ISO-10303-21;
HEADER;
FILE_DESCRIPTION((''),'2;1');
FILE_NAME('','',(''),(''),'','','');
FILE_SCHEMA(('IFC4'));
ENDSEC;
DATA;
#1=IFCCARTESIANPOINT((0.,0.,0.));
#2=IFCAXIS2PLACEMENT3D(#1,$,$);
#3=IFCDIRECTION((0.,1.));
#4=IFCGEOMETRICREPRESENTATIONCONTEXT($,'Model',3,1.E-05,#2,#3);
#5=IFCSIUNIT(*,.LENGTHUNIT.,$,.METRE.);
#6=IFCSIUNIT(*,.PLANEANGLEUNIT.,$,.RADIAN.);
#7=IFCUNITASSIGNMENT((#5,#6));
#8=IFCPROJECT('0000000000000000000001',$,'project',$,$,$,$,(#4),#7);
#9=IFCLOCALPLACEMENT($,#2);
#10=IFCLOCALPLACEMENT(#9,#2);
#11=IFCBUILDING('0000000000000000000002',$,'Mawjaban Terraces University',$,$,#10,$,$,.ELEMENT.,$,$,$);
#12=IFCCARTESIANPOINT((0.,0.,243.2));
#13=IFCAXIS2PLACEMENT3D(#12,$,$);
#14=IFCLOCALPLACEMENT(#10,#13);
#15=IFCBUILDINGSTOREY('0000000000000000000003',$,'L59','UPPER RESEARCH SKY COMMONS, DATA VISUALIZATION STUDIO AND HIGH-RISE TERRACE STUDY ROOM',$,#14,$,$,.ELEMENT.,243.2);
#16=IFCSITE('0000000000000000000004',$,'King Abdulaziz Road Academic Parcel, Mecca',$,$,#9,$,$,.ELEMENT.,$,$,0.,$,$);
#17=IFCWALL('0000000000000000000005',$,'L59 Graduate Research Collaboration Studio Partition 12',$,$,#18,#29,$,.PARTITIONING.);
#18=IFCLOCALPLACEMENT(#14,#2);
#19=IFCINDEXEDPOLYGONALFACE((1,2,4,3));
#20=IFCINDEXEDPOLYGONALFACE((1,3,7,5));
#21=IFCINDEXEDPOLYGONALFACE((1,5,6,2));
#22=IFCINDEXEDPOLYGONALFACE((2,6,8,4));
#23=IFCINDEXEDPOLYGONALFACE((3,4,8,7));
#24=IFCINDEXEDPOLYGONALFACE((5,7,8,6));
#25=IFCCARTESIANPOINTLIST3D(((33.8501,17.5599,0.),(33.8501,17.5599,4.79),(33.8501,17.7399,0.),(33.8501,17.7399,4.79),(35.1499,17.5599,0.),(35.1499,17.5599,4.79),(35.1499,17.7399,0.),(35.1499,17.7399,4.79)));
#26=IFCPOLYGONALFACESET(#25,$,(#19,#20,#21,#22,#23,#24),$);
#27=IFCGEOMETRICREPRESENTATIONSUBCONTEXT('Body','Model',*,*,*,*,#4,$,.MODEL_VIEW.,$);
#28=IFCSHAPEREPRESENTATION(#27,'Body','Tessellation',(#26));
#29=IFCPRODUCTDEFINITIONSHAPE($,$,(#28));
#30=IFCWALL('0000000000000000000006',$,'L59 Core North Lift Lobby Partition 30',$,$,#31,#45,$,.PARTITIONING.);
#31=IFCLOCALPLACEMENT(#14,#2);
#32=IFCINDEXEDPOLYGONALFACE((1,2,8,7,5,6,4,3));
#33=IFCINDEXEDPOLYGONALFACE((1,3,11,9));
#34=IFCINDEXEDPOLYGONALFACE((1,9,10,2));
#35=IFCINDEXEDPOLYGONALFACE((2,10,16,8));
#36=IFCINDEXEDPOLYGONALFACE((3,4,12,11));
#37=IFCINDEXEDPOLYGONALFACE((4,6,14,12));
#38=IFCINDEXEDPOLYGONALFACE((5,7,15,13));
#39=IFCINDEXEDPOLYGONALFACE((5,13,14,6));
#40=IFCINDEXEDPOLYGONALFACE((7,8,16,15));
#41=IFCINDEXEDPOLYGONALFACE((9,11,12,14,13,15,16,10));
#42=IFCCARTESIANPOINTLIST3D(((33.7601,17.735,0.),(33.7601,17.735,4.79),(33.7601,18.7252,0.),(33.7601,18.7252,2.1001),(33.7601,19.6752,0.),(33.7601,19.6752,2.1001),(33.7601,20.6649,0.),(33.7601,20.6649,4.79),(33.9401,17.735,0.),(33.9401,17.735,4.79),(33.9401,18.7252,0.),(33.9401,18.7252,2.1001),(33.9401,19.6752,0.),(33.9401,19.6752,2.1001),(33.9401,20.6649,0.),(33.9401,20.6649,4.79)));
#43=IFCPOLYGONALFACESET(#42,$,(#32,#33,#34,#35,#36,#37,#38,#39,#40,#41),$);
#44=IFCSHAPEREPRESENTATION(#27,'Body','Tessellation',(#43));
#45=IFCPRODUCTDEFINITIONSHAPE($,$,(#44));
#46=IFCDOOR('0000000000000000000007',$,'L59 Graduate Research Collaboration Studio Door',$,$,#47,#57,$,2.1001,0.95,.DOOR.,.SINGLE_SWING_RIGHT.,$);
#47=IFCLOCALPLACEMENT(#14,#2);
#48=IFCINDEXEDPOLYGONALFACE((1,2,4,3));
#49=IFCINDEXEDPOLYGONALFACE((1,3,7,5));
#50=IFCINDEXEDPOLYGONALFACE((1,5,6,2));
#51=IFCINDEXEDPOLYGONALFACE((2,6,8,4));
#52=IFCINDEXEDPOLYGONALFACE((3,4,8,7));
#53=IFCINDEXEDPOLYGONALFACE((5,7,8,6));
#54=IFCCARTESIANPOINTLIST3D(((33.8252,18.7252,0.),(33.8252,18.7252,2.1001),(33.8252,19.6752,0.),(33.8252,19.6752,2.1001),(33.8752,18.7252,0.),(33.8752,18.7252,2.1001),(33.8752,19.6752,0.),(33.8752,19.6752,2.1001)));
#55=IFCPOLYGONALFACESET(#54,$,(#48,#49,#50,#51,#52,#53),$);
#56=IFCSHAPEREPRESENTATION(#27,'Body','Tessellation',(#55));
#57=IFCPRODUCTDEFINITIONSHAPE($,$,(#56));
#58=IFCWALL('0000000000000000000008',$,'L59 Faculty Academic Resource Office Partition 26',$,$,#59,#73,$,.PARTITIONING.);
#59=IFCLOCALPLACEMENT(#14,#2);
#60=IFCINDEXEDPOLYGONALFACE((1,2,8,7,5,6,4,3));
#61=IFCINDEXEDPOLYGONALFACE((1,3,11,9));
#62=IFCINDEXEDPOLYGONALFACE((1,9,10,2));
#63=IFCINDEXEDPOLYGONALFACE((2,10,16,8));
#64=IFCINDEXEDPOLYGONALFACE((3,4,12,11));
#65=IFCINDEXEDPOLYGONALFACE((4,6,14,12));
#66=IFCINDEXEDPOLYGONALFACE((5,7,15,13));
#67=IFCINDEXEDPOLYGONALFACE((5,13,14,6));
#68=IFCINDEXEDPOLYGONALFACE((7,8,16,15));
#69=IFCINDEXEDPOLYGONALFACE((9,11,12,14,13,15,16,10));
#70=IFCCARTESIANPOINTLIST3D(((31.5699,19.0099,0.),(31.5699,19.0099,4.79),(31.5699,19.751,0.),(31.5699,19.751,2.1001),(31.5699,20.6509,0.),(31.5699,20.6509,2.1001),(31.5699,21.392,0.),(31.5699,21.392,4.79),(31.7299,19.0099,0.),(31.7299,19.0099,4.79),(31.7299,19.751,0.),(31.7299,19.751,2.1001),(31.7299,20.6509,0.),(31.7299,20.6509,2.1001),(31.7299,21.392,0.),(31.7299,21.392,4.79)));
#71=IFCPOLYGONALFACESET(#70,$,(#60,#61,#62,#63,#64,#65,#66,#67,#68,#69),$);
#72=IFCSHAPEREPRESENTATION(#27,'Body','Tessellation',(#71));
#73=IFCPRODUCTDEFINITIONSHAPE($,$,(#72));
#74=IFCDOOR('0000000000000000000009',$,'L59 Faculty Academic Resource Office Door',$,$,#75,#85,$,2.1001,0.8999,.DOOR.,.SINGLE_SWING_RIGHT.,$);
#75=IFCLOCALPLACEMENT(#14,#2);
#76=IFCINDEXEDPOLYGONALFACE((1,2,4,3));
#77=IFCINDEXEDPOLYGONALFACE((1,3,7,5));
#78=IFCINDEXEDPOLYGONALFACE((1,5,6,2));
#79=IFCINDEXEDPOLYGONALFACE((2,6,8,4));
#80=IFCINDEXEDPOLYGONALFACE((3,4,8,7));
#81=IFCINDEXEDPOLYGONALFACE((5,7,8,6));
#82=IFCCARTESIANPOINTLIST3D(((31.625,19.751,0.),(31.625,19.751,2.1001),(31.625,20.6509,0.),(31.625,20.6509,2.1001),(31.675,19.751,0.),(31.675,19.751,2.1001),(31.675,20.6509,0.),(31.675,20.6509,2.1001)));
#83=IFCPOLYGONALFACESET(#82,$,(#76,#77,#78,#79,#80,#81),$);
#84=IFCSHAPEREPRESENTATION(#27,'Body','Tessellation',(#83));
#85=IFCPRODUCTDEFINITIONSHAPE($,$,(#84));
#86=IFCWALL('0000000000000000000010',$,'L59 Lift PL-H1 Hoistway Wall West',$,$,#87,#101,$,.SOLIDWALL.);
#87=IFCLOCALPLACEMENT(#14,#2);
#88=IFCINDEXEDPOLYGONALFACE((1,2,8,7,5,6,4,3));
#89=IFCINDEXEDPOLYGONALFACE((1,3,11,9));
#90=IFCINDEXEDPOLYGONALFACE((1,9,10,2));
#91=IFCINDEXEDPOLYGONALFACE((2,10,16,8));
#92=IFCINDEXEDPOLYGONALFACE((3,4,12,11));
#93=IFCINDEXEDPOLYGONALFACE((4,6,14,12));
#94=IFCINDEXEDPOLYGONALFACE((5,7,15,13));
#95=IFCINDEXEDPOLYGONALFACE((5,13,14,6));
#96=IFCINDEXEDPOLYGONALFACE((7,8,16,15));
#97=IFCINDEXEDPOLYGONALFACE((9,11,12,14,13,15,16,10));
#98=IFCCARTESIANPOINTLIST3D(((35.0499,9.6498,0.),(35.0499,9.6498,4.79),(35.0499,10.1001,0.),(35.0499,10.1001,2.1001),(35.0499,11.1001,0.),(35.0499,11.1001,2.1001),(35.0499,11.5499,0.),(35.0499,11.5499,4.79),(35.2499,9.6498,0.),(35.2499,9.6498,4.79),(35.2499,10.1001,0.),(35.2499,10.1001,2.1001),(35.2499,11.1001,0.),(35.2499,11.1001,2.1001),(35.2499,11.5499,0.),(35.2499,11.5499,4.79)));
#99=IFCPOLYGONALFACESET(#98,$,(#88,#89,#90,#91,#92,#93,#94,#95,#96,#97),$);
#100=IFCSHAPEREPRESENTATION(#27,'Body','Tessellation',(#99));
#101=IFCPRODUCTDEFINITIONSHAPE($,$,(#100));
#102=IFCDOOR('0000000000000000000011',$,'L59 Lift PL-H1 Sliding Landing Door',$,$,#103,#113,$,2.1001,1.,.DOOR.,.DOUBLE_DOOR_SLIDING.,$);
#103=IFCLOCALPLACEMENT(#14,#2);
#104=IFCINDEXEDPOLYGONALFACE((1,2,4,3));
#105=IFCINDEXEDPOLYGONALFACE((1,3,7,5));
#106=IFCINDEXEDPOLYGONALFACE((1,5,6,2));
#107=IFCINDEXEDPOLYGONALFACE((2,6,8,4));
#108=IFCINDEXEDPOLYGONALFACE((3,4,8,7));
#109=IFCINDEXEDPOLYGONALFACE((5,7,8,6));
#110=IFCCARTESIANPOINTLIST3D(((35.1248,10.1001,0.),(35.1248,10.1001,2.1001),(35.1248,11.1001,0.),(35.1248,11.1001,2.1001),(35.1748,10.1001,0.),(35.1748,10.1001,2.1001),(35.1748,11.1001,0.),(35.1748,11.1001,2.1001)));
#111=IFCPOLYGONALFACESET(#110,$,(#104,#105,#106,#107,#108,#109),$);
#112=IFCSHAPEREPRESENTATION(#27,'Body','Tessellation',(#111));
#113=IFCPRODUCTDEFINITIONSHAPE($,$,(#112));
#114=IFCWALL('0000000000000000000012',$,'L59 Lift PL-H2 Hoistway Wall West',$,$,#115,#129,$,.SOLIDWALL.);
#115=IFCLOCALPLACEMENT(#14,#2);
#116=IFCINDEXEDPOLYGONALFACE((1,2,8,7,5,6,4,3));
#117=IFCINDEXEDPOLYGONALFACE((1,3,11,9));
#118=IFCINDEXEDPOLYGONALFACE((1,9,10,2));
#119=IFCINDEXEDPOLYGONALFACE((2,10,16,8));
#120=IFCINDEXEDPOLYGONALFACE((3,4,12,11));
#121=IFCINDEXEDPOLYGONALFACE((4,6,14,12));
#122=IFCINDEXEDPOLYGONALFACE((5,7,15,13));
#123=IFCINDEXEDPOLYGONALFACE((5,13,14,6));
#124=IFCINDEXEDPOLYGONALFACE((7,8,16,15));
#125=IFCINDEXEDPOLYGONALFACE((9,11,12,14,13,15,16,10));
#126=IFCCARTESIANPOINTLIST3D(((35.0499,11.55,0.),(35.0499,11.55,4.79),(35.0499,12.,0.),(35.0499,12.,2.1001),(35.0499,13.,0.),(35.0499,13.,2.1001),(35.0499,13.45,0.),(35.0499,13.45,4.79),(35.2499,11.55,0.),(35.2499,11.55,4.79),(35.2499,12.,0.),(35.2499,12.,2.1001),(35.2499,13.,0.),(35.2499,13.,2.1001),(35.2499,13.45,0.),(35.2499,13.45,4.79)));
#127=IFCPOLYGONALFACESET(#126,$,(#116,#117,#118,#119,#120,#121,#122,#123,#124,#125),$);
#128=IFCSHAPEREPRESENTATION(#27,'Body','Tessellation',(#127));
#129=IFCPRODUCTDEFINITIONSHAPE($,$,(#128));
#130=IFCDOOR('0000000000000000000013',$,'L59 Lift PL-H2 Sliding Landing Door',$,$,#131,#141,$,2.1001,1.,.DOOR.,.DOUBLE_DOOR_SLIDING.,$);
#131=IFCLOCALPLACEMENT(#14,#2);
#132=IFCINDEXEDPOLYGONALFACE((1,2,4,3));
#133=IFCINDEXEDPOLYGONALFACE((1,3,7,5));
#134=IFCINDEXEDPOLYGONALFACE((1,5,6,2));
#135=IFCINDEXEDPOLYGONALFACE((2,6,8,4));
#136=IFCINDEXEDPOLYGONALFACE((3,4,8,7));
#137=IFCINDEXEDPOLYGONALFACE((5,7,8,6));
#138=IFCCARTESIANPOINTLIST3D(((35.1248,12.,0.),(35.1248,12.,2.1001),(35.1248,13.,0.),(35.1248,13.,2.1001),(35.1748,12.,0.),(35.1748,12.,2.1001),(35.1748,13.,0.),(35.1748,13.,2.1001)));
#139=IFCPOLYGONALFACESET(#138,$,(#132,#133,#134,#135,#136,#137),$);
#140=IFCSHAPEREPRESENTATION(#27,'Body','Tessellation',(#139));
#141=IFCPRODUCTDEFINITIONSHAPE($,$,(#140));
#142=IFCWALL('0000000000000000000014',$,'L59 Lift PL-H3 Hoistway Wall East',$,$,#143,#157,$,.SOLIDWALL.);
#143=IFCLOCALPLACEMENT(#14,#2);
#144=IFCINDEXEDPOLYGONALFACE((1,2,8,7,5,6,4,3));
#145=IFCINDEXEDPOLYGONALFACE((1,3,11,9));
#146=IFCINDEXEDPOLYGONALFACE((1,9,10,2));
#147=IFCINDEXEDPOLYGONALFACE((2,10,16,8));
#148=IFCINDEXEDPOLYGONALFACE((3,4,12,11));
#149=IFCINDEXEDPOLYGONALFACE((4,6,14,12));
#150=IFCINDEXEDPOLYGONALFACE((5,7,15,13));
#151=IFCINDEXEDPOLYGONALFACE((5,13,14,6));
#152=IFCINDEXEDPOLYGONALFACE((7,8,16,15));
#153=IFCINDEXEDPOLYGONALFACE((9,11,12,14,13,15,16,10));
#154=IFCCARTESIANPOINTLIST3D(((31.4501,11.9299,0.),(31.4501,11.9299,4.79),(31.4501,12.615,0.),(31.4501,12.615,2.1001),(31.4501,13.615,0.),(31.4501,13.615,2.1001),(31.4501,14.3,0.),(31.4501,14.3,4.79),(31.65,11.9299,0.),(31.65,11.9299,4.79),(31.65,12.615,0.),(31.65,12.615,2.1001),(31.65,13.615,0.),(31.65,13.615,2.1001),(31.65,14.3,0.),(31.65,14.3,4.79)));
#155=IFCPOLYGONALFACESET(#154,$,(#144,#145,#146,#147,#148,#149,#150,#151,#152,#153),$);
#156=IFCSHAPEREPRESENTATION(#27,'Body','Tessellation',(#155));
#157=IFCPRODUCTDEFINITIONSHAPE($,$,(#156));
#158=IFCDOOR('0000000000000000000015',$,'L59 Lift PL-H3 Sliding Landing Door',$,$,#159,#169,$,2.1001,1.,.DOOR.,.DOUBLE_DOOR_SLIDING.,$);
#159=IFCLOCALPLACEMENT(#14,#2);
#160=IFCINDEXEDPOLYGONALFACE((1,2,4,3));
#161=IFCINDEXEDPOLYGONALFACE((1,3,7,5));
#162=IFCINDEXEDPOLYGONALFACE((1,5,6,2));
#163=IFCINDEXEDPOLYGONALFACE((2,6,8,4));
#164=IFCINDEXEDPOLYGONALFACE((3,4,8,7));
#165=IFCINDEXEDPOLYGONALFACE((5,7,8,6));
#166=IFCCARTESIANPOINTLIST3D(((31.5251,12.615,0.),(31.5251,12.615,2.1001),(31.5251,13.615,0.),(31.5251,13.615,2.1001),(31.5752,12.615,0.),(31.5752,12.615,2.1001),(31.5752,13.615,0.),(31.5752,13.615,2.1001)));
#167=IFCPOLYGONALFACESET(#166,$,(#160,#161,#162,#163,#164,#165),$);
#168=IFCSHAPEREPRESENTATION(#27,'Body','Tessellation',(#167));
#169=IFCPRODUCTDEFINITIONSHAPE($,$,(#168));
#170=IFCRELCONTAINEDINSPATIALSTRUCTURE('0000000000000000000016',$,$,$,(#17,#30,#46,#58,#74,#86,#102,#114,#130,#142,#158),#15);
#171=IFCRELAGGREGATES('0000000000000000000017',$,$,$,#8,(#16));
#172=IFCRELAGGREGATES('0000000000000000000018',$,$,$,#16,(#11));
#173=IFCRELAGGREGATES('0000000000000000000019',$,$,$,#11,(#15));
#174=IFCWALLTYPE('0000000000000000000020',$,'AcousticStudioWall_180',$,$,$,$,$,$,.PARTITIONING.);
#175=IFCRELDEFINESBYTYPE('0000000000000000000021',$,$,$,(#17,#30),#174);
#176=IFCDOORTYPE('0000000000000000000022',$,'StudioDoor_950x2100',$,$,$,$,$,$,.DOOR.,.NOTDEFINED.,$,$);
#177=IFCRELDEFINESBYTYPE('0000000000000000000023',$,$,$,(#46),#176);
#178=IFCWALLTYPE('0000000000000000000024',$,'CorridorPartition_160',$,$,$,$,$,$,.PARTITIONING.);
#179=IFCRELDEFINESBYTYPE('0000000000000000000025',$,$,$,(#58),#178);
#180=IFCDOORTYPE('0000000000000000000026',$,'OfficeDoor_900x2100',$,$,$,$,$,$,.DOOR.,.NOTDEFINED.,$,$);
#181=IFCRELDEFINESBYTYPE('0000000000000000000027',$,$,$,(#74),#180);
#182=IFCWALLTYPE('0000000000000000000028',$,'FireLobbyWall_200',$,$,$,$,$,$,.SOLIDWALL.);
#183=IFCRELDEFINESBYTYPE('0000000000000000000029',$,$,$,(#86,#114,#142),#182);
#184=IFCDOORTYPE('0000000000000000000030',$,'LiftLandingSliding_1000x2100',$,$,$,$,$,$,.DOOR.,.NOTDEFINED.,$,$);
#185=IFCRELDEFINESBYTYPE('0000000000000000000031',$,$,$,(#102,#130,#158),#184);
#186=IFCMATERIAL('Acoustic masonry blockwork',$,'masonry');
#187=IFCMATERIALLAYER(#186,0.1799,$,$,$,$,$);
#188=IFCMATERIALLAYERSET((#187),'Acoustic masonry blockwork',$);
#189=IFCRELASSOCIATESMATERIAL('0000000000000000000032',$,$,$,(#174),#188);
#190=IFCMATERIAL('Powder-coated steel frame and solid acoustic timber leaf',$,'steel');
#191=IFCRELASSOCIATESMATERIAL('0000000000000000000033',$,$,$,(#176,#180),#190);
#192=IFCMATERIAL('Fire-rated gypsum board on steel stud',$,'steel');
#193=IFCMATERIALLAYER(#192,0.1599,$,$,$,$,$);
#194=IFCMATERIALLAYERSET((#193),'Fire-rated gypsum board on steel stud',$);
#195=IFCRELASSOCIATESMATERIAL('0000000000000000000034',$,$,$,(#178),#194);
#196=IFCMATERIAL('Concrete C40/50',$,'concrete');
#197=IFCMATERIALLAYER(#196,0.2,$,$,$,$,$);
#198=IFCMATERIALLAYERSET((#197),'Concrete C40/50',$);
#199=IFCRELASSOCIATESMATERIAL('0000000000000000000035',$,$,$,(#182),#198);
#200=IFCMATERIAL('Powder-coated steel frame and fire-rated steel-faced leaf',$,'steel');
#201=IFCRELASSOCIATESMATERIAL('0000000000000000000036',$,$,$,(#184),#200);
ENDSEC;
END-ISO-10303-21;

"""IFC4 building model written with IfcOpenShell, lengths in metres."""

from ifc_helpers import new_model, si_unit, direction, frame, frame_2d, origin, place, context, subcontext, project, spatial, rectangle, extrude, material, layer, layer_set, type_object, element, fill, save


model = new_model("IFC4")

# Units and contexts
model_context = context("Model", 3, precision=1e-05, world=origin(), true_north=direction((0.0, 1.0)))
body_context = subcontext(model_context, "Body", "Model", "MODEL_VIEW")
ifc_project = project(units=[si_unit("LENGTHUNIT", "METRE"), si_unit("PLANEANGLEUNIT", "RADIAN")], contexts=[model_context])

# Site, building, storey
site_placement = place(None, origin())
site = spatial("IfcSite", under=ifc_project, at=site_placement, Name="King Abdulaziz Road Academic Parcel, Mecca", CompositionType="ELEMENT", RefElevation=0.0)
building_placement = place(site_placement, origin())
building = spatial("IfcBuilding", under=site, at=building_placement, Name="Mawjaban Terraces University", CompositionType="ELEMENT")
storey_placement = place(building_placement, frame((0.0, 0.0, 243.2)))
storey = spatial("IfcBuildingStorey", under=building, at=storey_placement, Name="L59", Description="UPPER RESEARCH SKY COMMONS, DATA VISUALIZATION STUDIO AND HIGH-RISE TERRACE STUDY ROOM", CompositionType="ELEMENT", Elevation=243.2)

# Wall
ifc_material_1 = material(Name="Acoustic masonry blockwork", Category="masonry")
ifc_layer_1 = layer(ifc_material_1, 0.1799)
ifc_layer_set_1 = layer_set([ifc_layer_1], Name="Acoustic masonry blockwork")
wall_type_1 = type_object("IfcWallType", Name="AcousticStudioWall_180", PredefinedType="PARTITIONING", material=ifc_layer_set_1)
wall_1_placement = place(storey_placement, frame((33.8501, 17.6499, 0.0), z_axis=(0.0, 0.0, 1.0), x_axis=(1.0, 0.0, 0.0)))
element("IfcWall", 1, at=wall_1_placement, inside=storey, type_object=wall_type_1, Name="L59 Graduate Research Collaboration Studio Partition 12", PredefinedType="PARTITIONING", context=body_context, shape_type="SweptSolid", body=[
    extrude(rectangle(XDim=1.2998, YDim=0.1799, at=frame_2d((0.6499, 0.0))), origin(), (0.0, 0.0, 1.0), 4.79),
])

# Walls, openings, doors
wall_2_placement = place(storey_placement, frame((33.8501, 17.7351, 0.0), z_axis=(0.0, 0.0, 1.0), x_axis=(0.0, 1.0, 0.0)))
wall_2 = element("IfcWall", 2, at=wall_2_placement, inside=storey, type_object=wall_type_1, Name="L59 Core North Lift Lobby Partition 30", PredefinedType="PARTITIONING", context=body_context, shape_type="SweptSolid", body=[
    extrude(rectangle(XDim=2.9299, YDim=0.1799, at=frame_2d((1.4648, 0.0))), origin(), (0.0, 0.0, 1.0), 4.79),
])
opening_1_placement = place(wall_2_placement, frame((0.99, 0.0, 0.0)))
opening_1 = element("IfcOpeningElement", 3, at=opening_1_placement, cuts=wall_2, PredefinedType="OPENING", context=body_context, shape_type="SweptSolid", body=[
    extrude(rectangle(XDim=0.95, YDim=2.1001, at=frame_2d((0.4751, 1.05))), frame((0.0, 0.0999, 0.0), z_axis=(0.0, -1.0, 0.0), x_axis=(1.0, 0.0, 0.0)), (0.0, 0.0, 1.0), 0.2),
])
ifc_material_2 = material(Name="Powder-coated steel frame and solid acoustic timber leaf", Category="steel")
door_type_1 = type_object("IfcDoorType", Name="StudioDoor_950x2100", OperationType="NOTDEFINED", PredefinedType="DOOR", material=ifc_material_2)
door_1_placement = place(opening_1_placement, origin())
door_1 = element("IfcDoor", 4, at=door_1_placement, inside=storey, type_object=door_type_1, Name="L59 Graduate Research Collaboration Studio Door", OperationType="SINGLE_SWING_RIGHT", OverallHeight=2.1001, OverallWidth=0.95, PredefinedType="DOOR", context=body_context, shape_type="SweptSolid", body=[
    extrude(rectangle(XDim=0.95, YDim=2.1001, at=frame_2d((0.4751, 1.05))), frame((0.0, 0.0249, 0.0), z_axis=(0.0, -1.0, 0.0), x_axis=(1.0, 0.0, 0.0)), (0.0, 0.0, 1.0), 0.05),
])
fill(opening_1, door_1)
ifc_material_3 = material(Name="Fire-rated gypsum board on steel stud", Category="steel")
ifc_layer_2 = layer(ifc_material_3, 0.1599)
ifc_layer_set_2 = layer_set([ifc_layer_2], Name="Fire-rated gypsum board on steel stud")
wall_type_2 = type_object("IfcWallType", Name="CorridorPartition_160", PredefinedType="PARTITIONING", material=ifc_layer_set_2)
wall_3_placement = place(storey_placement, frame((31.6499, 19.01, 0.0), z_axis=(0.0, 0.0, 1.0), x_axis=(0.0, 1.0, 0.0)))
wall_3 = element("IfcWall", 5, at=wall_3_placement, inside=storey, type_object=wall_type_2, Name="L59 Faculty Academic Resource Office Partition 26", PredefinedType="PARTITIONING", context=body_context, shape_type="SweptSolid", body=[
    extrude(rectangle(XDim=2.3821, YDim=0.1599, at=frame_2d((1.1909, 0.0))), origin(), (0.0, 0.0, 1.0), 4.79),
])
opening_2_placement = place(wall_3_placement, frame((0.741, 0.0, 0.0)))
opening_2 = element("IfcOpeningElement", 6, at=opening_2_placement, cuts=wall_3, PredefinedType="OPENING", context=body_context, shape_type="SweptSolid", body=[
    extrude(rectangle(XDim=0.8999, YDim=2.1001, at=frame_2d((0.45, 1.05))), frame((0.0, 0.0898, 0.0), z_axis=(0.0, -1.0, 0.0), x_axis=(1.0, 0.0, 0.0)), (0.0, 0.0, 1.0), 0.1799),
])
door_type_2 = type_object("IfcDoorType", Name="OfficeDoor_900x2100", OperationType="NOTDEFINED", PredefinedType="DOOR", material=ifc_material_2)
door_2_placement = place(opening_2_placement, origin())
door_2 = element("IfcDoor", 7, at=door_2_placement, inside=storey, type_object=door_type_2, Name="L59 Faculty Academic Resource Office Door", OperationType="SINGLE_SWING_RIGHT", OverallHeight=2.1001, OverallWidth=0.8999, PredefinedType="DOOR", context=body_context, shape_type="SweptSolid", body=[
    extrude(rectangle(XDim=0.8999, YDim=2.1001, at=frame_2d((0.45, 1.05))), frame((0.0, 0.0249, 0.0), z_axis=(0.0, -1.0, 0.0), x_axis=(1.0, 0.0, 0.0)), (0.0, 0.0, 1.0), 0.05),
])
fill(opening_2, door_2)
ifc_material_4 = material(Name="Concrete C40/50", Category="concrete")
ifc_layer_3 = layer(ifc_material_4, 0.2)
ifc_layer_set_3 = layer_set([ifc_layer_3], Name="Concrete C40/50")
wall_type_3 = type_object("IfcWallType", Name="FireLobbyWall_200", PredefinedType="SOLIDWALL", material=ifc_layer_set_3)
wall_4_placement = place(storey_placement, frame((35.1499, 11.55, 0.0), z_axis=(0.0, 0.0, 1.0), x_axis=(0.0, -1.0, 0.0)))
wall_4 = element("IfcWall", 8, at=wall_4_placement, inside=storey, type_object=wall_type_3, Name="L59 Lift PL-H1 Hoistway Wall West", PredefinedType="SOLIDWALL", context=body_context, shape_type="SweptSolid", body=[
    extrude(rectangle(XDim=1.9001, YDim=0.2, at=frame_2d((0.9502, 0.0))), origin(), (0.0, 0.0, 1.0), 4.79),
])
opening_3_placement = place(wall_4_placement, frame((0.45, 0.0, 0.0)))
opening_3 = element("IfcOpeningElement", 9, at=opening_3_placement, cuts=wall_4, PredefinedType="OPENING", context=body_context, shape_type="SweptSolid", body=[
    extrude(rectangle(XDim=1.0, YDim=2.1001, at=frame_2d((0.5, 1.05))), frame((0.0, 0.1099, 0.0), z_axis=(0.0, -1.0, 0.0), x_axis=(1.0, 0.0, 0.0)), (0.0, 0.0, 1.0), 0.22),
])
ifc_material_5 = material(Name="Powder-coated steel frame and fire-rated steel-faced leaf", Category="steel")
door_type_3 = type_object("IfcDoorType", Name="LiftLandingSliding_1000x2100", OperationType="NOTDEFINED", PredefinedType="DOOR", material=ifc_material_5)
door_3_placement = place(opening_3_placement, origin())
door_3 = element("IfcDoor", 10, at=door_3_placement, inside=storey, type_object=door_type_3, Name="L59 Lift PL-H1 Sliding Landing Door", OperationType="DOUBLE_DOOR_SLIDING", OverallHeight=2.1001, OverallWidth=1.0, PredefinedType="DOOR", context=body_context, shape_type="SweptSolid", body=[
    extrude(rectangle(XDim=1.0, YDim=2.1001, at=frame_2d((0.5, 1.05))), frame((0.0, 0.0249, 0.0), z_axis=(0.0, -1.0, 0.0), x_axis=(1.0, 0.0, 0.0)), (0.0, 0.0, 1.0), 0.05),
])
fill(opening_3, door_3)
wall_5_placement = place(storey_placement, frame((35.1499, 13.45, 0.0), z_axis=(0.0, 0.0, 1.0), x_axis=(0.0, -1.0, 0.0)))
wall_5 = element("IfcWall", 11, at=wall_5_placement, inside=storey, type_object=wall_type_3, Name="L59 Lift PL-H2 Hoistway Wall West", PredefinedType="SOLIDWALL", context=body_context, shape_type="SweptSolid", body=[
    extrude(rectangle(XDim=1.8999, YDim=0.2, at=frame_2d((0.95, 0.0))), origin(), (0.0, 0.0, 1.0), 4.79),
])
opening_4_placement = place(wall_5_placement, frame((0.45, 0.0, 0.0)))
opening_4 = element("IfcOpeningElement", 12, at=opening_4_placement, cuts=wall_5, PredefinedType="OPENING", context=body_context, shape_type="SweptSolid", body=[
    extrude(rectangle(XDim=1.0, YDim=2.1001, at=frame_2d((0.5, 1.05))), frame((0.0, 0.1099, 0.0), z_axis=(0.0, -1.0, 0.0), x_axis=(1.0, 0.0, 0.0)), (0.0, 0.0, 1.0), 0.22),
])
door_4_placement = place(opening_4_placement, origin())
door_4 = element("IfcDoor", 13, at=door_4_placement, inside=storey, type_object=door_type_3, Name="L59 Lift PL-H2 Sliding Landing Door", OperationType="DOUBLE_DOOR_SLIDING", OverallHeight=2.1001, OverallWidth=1.0, PredefinedType="DOOR", context=body_context, shape_type="SweptSolid", body=[
    extrude(rectangle(XDim=1.0, YDim=2.1001, at=frame_2d((0.5, 1.05))), frame((0.0, 0.0249, 0.0), z_axis=(0.0, -1.0, 0.0), x_axis=(1.0, 0.0, 0.0)), (0.0, 0.0, 1.0), 0.05),
])
fill(opening_4, door_4)
wall_6_placement = place(storey_placement, frame((31.55, 11.9299, 0.0), z_axis=(0.0, 0.0, 1.0), x_axis=(0.0, 1.0, 0.0)))
wall_6 = element("IfcWall", 14, at=wall_6_placement, inside=storey, type_object=wall_type_3, Name="L59 Lift PL-H3 Hoistway Wall East", PredefinedType="SOLIDWALL", context=body_context, shape_type="SweptSolid", body=[
    extrude(rectangle(XDim=2.3701, YDim=0.2, at=frame_2d((1.1851, 0.0))), origin(), (0.0, 0.0, 1.0), 4.79),
])
opening_5_placement = place(wall_6_placement, frame((0.6851, 0.0, 0.0)))
opening_5 = element("IfcOpeningElement", 15, at=opening_5_placement, cuts=wall_6, PredefinedType="OPENING", context=body_context, shape_type="SweptSolid", body=[
    extrude(rectangle(XDim=1.0, YDim=2.1001, at=frame_2d((0.5, 1.05))), frame((0.0, 0.1099, 0.0), z_axis=(0.0, -1.0, 0.0), x_axis=(1.0, 0.0, 0.0)), (0.0, 0.0, 1.0), 0.22),
])
door_5_placement = place(opening_5_placement, origin())
door_5 = element("IfcDoor", 16, at=door_5_placement, inside=storey, type_object=door_type_3, Name="L59 Lift PL-H3 Sliding Landing Door", OperationType="DOUBLE_DOOR_SLIDING", OverallHeight=2.1001, OverallWidth=1.0, PredefinedType="DOOR", context=body_context, shape_type="SweptSolid", body=[
    extrude(rectangle(XDim=1.0, YDim=2.1001, at=frame_2d((0.5, 1.05))), frame((0.0, 0.0249, 0.0), z_axis=(0.0, -1.0, 0.0), x_axis=(1.0, 0.0, 0.0)), (0.0, 0.0, 1.0), 0.05),
])
fill(opening_5, door_5)

save(model, "model.ifc")
